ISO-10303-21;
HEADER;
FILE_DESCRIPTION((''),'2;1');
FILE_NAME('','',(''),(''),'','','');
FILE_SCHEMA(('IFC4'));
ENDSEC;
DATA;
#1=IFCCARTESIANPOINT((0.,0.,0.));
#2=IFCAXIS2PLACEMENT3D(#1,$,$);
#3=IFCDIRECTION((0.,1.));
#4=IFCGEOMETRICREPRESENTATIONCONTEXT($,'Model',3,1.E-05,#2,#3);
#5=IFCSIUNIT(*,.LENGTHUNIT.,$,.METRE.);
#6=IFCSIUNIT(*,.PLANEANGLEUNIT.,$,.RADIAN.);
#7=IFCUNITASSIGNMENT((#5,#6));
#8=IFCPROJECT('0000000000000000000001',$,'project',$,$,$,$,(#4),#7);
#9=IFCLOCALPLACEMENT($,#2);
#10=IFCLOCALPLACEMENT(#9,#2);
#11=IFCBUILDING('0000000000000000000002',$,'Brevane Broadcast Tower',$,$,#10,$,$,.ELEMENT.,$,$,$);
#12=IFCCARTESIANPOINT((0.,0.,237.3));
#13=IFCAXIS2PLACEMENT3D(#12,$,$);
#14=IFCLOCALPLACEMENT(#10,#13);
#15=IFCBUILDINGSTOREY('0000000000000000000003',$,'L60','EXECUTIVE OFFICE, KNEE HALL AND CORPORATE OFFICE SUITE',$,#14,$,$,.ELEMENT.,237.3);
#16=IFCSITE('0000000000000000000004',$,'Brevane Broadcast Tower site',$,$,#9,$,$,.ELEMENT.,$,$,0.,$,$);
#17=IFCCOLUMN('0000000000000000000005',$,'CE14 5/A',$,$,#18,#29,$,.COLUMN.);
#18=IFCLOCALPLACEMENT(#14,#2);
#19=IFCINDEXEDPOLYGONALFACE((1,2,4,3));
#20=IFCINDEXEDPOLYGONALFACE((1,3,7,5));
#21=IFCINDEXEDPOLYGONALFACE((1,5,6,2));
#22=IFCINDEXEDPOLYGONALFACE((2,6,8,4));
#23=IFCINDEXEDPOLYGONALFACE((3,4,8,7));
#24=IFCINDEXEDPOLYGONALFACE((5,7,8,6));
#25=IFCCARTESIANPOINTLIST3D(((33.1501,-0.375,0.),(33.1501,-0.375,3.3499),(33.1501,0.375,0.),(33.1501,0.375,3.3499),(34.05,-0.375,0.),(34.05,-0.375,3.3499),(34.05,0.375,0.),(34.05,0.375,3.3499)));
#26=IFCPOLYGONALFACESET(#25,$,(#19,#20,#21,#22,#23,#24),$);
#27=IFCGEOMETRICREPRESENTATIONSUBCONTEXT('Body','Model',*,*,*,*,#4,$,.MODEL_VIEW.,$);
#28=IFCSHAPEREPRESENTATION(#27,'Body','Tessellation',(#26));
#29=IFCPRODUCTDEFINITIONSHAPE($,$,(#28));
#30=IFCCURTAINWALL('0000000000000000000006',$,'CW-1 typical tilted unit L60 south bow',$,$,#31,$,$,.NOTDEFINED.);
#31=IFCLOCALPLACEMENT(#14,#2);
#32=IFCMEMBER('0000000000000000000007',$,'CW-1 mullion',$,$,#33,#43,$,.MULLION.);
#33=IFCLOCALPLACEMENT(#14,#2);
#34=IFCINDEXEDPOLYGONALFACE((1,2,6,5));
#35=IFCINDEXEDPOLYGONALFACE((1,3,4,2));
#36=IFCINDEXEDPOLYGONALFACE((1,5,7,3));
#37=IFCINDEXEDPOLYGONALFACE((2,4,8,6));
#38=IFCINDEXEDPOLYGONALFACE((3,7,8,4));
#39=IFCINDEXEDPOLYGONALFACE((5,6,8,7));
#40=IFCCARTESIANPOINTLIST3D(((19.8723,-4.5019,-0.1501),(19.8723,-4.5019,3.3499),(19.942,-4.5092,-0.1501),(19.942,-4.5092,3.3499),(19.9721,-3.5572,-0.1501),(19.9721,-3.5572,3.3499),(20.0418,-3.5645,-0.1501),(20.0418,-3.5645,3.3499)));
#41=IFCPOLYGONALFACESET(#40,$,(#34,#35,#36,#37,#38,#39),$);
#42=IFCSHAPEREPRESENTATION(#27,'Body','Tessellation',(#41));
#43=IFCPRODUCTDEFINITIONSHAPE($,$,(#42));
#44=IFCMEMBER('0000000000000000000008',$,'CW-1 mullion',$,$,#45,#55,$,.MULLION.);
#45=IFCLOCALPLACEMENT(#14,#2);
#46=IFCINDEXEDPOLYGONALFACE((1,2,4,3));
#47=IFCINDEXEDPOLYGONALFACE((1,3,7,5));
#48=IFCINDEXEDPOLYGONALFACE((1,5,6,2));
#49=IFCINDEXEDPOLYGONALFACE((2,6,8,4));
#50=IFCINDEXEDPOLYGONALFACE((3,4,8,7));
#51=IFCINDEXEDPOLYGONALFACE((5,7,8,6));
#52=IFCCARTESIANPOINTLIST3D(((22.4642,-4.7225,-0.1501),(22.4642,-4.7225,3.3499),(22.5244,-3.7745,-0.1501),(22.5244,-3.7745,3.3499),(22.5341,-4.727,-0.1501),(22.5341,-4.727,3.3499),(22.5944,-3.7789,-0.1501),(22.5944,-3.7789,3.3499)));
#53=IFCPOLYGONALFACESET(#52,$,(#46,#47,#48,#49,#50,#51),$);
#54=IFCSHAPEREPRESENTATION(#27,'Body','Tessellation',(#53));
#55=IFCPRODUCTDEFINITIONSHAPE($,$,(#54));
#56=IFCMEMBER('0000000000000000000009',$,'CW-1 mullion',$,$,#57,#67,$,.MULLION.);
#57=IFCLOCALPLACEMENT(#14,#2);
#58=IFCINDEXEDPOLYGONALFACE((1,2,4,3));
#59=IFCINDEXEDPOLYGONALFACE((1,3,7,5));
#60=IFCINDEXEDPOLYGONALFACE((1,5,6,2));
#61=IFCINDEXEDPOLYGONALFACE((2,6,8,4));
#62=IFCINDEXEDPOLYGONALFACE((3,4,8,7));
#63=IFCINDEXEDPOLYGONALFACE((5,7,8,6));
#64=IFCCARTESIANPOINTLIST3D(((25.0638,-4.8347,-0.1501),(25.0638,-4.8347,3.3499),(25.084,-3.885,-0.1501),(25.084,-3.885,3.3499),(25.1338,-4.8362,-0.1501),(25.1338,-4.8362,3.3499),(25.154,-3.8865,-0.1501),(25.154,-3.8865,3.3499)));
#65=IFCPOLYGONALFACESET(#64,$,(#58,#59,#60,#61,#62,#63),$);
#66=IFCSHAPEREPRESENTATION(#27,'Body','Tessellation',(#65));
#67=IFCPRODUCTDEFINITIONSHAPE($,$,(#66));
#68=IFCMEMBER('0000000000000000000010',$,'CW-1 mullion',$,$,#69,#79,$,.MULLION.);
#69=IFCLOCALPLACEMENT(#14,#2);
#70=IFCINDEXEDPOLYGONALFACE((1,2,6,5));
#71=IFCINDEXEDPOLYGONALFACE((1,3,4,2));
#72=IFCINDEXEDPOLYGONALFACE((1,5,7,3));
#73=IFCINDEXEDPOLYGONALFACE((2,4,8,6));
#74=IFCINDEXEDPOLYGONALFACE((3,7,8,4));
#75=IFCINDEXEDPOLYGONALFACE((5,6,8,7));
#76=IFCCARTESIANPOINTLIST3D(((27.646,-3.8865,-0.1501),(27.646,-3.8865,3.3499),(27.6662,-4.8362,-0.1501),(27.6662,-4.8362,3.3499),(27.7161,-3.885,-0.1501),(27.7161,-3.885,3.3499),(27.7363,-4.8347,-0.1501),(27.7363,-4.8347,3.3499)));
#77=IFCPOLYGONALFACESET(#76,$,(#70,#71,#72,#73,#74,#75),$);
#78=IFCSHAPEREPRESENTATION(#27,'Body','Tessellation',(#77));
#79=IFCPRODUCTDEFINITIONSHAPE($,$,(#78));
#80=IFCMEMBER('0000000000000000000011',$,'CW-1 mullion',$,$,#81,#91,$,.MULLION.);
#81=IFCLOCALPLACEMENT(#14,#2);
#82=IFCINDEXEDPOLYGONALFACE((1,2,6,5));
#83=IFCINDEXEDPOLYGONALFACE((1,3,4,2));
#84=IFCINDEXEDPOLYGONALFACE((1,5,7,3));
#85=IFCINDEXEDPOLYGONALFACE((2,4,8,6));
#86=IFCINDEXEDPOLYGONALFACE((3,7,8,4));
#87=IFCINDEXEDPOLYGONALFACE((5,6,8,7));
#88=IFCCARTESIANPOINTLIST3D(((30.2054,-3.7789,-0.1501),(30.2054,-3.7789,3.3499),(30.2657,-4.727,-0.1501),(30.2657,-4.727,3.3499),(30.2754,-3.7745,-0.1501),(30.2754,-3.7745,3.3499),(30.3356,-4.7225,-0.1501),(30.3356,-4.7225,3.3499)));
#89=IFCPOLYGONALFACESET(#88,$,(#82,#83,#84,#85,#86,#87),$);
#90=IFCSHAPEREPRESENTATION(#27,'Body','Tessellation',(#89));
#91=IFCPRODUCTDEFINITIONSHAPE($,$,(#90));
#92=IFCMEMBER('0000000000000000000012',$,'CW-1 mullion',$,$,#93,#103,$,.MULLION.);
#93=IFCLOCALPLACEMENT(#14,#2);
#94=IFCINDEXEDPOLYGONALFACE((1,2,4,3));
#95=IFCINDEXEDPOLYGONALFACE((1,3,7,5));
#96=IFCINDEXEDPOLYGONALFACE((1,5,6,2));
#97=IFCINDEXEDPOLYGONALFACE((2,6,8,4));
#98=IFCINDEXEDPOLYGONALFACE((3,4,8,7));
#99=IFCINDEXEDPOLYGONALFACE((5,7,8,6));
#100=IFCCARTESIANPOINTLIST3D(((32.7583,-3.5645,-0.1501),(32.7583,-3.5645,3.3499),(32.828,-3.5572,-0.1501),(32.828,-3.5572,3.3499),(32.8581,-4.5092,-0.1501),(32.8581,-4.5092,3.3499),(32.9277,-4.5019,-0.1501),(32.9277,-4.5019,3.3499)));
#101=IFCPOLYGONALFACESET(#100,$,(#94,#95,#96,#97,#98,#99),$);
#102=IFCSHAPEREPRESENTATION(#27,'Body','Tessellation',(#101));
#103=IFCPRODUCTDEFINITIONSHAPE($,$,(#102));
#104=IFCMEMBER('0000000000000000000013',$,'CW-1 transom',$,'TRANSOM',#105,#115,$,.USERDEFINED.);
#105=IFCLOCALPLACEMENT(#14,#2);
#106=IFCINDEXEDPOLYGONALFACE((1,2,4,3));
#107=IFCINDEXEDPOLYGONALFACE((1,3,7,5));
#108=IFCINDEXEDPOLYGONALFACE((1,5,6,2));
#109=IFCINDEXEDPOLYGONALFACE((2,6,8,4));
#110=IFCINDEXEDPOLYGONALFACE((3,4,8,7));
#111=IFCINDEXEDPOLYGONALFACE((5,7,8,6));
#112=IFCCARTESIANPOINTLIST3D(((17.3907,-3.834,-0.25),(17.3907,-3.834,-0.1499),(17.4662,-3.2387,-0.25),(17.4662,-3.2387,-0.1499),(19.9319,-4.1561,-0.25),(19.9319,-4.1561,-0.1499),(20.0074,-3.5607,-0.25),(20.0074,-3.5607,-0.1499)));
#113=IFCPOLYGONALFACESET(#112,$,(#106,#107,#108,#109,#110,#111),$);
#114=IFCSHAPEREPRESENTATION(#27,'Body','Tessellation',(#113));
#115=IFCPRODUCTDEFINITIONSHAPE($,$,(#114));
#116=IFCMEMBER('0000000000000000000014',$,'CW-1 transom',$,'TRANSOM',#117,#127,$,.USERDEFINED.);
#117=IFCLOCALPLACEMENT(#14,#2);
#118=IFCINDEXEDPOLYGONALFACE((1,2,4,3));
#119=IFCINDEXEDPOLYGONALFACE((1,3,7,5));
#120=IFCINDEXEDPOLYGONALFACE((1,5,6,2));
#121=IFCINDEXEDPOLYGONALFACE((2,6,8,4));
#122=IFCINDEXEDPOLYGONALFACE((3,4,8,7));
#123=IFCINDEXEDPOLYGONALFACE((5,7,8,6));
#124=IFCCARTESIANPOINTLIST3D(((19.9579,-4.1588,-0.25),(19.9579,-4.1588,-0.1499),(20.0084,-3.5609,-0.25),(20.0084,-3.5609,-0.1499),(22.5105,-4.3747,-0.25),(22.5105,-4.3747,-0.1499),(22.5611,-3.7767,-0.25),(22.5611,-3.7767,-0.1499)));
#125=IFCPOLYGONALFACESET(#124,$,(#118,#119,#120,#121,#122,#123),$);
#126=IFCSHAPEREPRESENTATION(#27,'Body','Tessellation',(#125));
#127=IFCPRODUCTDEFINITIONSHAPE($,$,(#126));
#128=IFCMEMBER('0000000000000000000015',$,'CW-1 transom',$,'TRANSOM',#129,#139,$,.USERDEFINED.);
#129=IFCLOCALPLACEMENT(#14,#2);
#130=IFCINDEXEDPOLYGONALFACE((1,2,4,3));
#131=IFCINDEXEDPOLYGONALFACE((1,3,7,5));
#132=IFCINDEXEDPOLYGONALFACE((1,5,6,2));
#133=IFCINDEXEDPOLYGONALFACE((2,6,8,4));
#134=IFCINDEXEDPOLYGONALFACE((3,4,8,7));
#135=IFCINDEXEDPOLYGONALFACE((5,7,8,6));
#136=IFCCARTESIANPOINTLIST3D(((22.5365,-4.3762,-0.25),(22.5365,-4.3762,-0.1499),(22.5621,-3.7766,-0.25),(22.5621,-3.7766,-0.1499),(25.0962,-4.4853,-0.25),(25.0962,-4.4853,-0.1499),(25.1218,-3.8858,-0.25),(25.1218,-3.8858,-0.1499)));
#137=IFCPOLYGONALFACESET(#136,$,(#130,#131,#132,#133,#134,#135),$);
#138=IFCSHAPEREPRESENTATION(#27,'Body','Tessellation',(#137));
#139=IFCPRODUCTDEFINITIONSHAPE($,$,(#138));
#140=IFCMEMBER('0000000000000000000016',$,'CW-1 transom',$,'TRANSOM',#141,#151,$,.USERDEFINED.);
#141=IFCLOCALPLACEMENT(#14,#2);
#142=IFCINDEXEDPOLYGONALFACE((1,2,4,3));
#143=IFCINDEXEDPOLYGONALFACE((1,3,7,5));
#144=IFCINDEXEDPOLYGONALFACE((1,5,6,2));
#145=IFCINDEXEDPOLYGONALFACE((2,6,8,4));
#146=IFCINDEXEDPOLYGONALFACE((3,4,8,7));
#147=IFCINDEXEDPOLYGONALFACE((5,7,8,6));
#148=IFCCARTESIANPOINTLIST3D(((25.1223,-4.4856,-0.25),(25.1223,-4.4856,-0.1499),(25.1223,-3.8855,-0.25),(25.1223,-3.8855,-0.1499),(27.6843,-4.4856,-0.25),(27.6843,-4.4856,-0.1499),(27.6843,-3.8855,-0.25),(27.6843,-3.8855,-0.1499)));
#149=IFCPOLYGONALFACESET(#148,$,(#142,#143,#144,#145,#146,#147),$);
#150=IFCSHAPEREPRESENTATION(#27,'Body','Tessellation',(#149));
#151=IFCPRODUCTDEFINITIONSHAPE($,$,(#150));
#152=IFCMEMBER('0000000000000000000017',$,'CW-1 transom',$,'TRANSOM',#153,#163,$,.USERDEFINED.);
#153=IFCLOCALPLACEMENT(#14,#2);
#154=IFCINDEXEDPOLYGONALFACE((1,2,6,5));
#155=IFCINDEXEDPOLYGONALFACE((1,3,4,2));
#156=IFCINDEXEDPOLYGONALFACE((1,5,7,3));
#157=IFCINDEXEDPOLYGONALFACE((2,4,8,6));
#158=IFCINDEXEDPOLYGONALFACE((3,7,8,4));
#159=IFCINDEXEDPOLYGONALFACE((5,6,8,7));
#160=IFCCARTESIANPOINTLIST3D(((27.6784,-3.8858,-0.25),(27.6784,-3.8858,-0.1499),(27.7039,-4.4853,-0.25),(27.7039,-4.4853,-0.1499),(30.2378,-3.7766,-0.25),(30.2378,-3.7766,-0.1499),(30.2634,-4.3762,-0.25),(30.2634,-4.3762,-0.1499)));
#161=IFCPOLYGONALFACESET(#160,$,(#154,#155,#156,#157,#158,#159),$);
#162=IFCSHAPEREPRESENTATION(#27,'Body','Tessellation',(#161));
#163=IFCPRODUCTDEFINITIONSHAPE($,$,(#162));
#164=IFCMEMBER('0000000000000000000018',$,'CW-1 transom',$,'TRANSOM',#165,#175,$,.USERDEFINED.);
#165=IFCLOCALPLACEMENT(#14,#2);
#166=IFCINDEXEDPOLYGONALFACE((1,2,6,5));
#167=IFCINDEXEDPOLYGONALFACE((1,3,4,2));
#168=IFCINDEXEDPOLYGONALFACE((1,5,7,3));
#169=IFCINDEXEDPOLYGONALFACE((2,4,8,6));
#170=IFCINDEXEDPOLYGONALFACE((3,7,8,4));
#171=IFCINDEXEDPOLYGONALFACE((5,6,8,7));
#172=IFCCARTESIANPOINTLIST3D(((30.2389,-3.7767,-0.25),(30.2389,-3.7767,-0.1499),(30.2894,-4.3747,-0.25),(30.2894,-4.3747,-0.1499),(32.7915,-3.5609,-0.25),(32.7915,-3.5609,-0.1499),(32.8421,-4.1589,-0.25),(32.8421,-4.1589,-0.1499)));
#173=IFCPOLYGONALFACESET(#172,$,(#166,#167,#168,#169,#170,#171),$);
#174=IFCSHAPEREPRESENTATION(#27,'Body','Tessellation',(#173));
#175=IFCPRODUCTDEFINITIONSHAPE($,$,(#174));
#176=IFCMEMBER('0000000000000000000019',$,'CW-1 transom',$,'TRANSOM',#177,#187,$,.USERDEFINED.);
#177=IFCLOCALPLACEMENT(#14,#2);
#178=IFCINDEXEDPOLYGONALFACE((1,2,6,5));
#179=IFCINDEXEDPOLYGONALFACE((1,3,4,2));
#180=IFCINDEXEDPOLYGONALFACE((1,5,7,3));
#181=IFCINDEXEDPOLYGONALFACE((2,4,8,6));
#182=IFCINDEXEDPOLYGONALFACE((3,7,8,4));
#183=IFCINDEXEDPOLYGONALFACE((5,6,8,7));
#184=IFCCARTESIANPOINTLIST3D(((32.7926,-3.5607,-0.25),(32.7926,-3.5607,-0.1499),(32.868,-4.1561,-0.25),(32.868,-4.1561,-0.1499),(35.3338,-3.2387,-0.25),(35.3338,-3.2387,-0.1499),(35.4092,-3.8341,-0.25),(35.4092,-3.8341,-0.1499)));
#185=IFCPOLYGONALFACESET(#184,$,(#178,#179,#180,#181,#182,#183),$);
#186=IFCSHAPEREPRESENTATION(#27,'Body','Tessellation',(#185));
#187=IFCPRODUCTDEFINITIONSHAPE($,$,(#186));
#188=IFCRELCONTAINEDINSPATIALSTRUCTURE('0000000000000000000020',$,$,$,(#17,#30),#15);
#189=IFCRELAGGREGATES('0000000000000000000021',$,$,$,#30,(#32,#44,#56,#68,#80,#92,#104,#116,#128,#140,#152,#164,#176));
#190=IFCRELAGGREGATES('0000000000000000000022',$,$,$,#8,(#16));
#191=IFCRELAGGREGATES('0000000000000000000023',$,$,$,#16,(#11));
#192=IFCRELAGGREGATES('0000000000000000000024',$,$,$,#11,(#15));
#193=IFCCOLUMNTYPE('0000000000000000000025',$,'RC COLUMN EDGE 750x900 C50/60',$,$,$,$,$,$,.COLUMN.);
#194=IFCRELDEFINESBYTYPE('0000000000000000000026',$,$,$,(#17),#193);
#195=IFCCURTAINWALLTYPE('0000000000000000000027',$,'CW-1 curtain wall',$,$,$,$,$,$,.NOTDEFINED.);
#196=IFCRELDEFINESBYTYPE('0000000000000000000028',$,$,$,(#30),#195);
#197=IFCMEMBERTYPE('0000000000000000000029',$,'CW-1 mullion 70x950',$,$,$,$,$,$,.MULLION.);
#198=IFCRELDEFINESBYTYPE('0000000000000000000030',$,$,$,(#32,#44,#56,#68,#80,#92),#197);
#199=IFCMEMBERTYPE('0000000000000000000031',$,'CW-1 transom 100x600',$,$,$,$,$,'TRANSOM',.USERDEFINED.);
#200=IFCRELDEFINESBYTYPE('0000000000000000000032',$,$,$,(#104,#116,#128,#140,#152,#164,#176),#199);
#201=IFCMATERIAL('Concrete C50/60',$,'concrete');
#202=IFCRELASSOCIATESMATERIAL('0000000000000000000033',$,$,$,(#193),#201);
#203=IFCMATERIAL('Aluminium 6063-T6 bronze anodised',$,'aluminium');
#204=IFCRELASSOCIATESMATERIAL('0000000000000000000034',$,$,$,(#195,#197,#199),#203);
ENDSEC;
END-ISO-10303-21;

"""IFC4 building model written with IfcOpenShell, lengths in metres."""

from ifc_helpers import new_model, si_unit, direction, frame, origin, origin_2d, place, context, subcontext, project, spatial, rectangle, extrude, material, material_profile, profile_set, type_object, element, aggregate, save


model = new_model("IFC4")

# Units and contexts
model_context = context("Model", 3, precision=1e-05, world=origin(), true_north=direction((0.0, 1.0)))
body_context = subcontext(model_context, "Body", "Model", "MODEL_VIEW")
ifc_project = project(units=[si_unit("LENGTHUNIT", "METRE"), si_unit("PLANEANGLEUNIT", "RADIAN")], contexts=[model_context])

# Site, building, storey
site_placement = place(None, origin())
site = spatial("IfcSite", under=ifc_project, at=site_placement, Name="Brevane Broadcast Tower site", CompositionType="ELEMENT", RefElevation=0.0)
building_placement = place(site_placement, origin())
building = spatial("IfcBuilding", under=site, at=building_placement, Name="Brevane Broadcast Tower", CompositionType="ELEMENT")
storey_placement = place(building_placement, frame((0.0, 0.0, 237.3)))
storey = spatial("IfcBuildingStorey", under=building, at=storey_placement, Name="L60", Description="EXECUTIVE OFFICE, KNEE HALL AND CORPORATE OFFICE SUITE", CompositionType="ELEMENT", Elevation=237.3)

# Column
ifc_material_1 = material(Name="Concrete C50/60", Category="concrete")
ifc_material_profile_1 = material_profile(ifc_material_1, rectangle(XDim=0.75, YDim=0.8999, at=origin_2d()), Name="RC 750x900")
ifc_profile_set_1 = profile_set([ifc_material_profile_1], Name="Concrete C50/60")
column_type = type_object("IfcColumnType", Name="RC COLUMN EDGE 750x900 C50/60", PredefinedType="COLUMN", material=ifc_profile_set_1)
column_placement = place(storey_placement, frame((33.6001, 0.0, 0.0), z_axis=(0.0, 0.0, 1.0), x_axis=(0.0, 1.0, 0.0)))
element("IfcColumn", 1, at=column_placement, inside=storey, type_object=column_type, Name="CE14 5/A", PredefinedType="COLUMN", context=body_context, shape_type="SweptSolid", body=[
    extrude(rectangle(XDim=0.75, YDim=0.8999, at=origin_2d()), origin(), (0.0, 0.0, 1.0), 3.3499),
])

# Curtain wall, members
ifc_material_2 = material(Name="Aluminium 6063-T6 bronze anodised", Category="aluminium")
curtain_wall_type = type_object("IfcCurtainWallType", Name="CW-1 curtain wall", PredefinedType="NOTDEFINED", material=ifc_material_2)
curtain_wall_placement = place(storey_placement, origin())
curtain_wall = element("IfcCurtainWall", 2, at=curtain_wall_placement, inside=storey, type_object=curtain_wall_type, Name="CW-1 typical tilted unit L60 south bow", PredefinedType="NOTDEFINED")
ifc_material_profile_2 = material_profile(ifc_material_2, rectangle(XDim=0.95, YDim=0.0701, at=origin_2d()), Name="RECT 70x950")
ifc_profile_set_2 = profile_set([ifc_material_profile_2], Name="Aluminium 6063-T6 bronze anodised")
member_type_1 = type_object("IfcMemberType", Name="CW-1 mullion 70x950", PredefinedType="MULLION", material=ifc_profile_set_2)
member_1_placement = place(storey_placement, frame((19.957, -4.0332, -0.1501), z_axis=(0.0, 0.0, 1.0), x_axis=(0.105018, 0.99447, 0.0)))
member_1 = element("IfcMember", 3, at=member_1_placement, type_object=member_type_1, Name="CW-1 mullion", PredefinedType="MULLION", context=body_context, shape_type="SweptSolid", body=[
    extrude(rectangle(XDim=0.95, YDim=0.0701, at=origin_2d()), origin(), (0.0, 0.0, 1.0), 3.5),
])
member_2_placement = place(storey_placement, frame((22.5293, -4.2507, -0.1501), z_axis=(0.0, 0.0, 1.0), x_axis=(0.063406, 0.997988, 0.0)))
member_2 = element("IfcMember", 4, at=member_2_placement, type_object=member_type_1, Name="CW-1 mullion", PredefinedType="MULLION", context=body_context, shape_type="SweptSolid", body=[
    extrude(rectangle(XDim=0.95, YDim=0.0701, at=origin_2d()), origin(), (0.0, 0.0, 1.0), 3.5),
])
member_3_placement = place(storey_placement, frame((25.1089, -4.3606, -0.1501), z_axis=(0.0, 0.0, 1.0), x_axis=(0.021282, 0.999774, 0.0)))
member_3 = element("IfcMember", 5, at=member_3_placement, type_object=member_type_1, Name="CW-1 mullion", PredefinedType="MULLION", context=body_context, shape_type="SweptSolid", body=[
    extrude(rectangle(XDim=0.95, YDim=0.0701, at=origin_2d()), origin(), (0.0, 0.0, 1.0), 3.5),
])
member_4_placement = place(storey_placement, frame((27.6912, -4.3606, -0.1501), z_axis=(0.0, 0.0, 1.0), x_axis=(-0.021282, 0.999774, 0.0)))
member_4 = element("IfcMember", 6, at=member_4_placement, type_object=member_type_1, Name="CW-1 mullion", PredefinedType="MULLION", context=body_context, shape_type="SweptSolid", body=[
    extrude(rectangle(XDim=0.95, YDim=0.0701, at=origin_2d()), origin(), (0.0, 0.0, 1.0), 3.5),
])
member_5_placement = place(storey_placement, frame((30.2705, -4.2507, -0.1501), z_axis=(0.0, 0.0, 1.0), x_axis=(-0.063406, 0.997988, 0.0)))
member_5 = element("IfcMember", 7, at=member_5_placement, type_object=member_type_1, Name="CW-1 mullion", PredefinedType="MULLION", context=body_context, shape_type="SweptSolid", body=[
    extrude(rectangle(XDim=0.95, YDim=0.0701, at=origin_2d()), origin(), (0.0, 0.0, 1.0), 3.5),
])
member_6_placement = place(storey_placement, frame((32.843, -4.0332, -0.1501), z_axis=(0.0, 0.0, 1.0), x_axis=(-0.105018, 0.99447, 0.0)))
member_6 = element("IfcMember", 8, at=member_6_placement, type_object=member_type_1, Name="CW-1 mullion", PredefinedType="MULLION", context=body_context, shape_type="SweptSolid", body=[
    extrude(rectangle(XDim=0.95, YDim=0.0701, at=origin_2d()), origin(), (0.0, 0.0, 1.0), 3.5),
])
ifc_material_profile_3 = material_profile(ifc_material_2, rectangle(XDim=0.6001, YDim=0.1001, at=origin_2d()), Name="RECT 100x600")
ifc_profile_set_3 = profile_set([ifc_material_profile_3], Name="Aluminium 6063-T6 bronze anodised")
member_type_2 = type_object("IfcMemberType", Name="CW-1 transom 100x600", ElementType="TRANSOM", PredefinedType="USERDEFINED", material=ifc_profile_set_3)
member_7_placement = place(storey_placement, frame((17.4285, -3.5364, -0.2), z_axis=(0.992067, -0.125712, 0.0), x_axis=(0.125712, 0.992067, 0.0)))
member_7 = element("IfcMember", 9, at=member_7_placement, type_object=member_type_2, Name="CW-1 transom", ObjectType="TRANSOM", PredefinedType="USERDEFINED", context=body_context, shape_type="SweptSolid", body=[
    extrude(rectangle(XDim=0.6001, YDim=0.1001, at=origin_2d()), origin(), (0.0, 0.0, 1.0), 2.5615),
])
member_8_placement = place(storey_placement, frame((19.9832, -3.8599, -0.2), z_axis=(0.996445, -0.084244, 0.0), x_axis=(0.084244, 0.996445, 0.0)))
member_8 = element("IfcMember", 10, at=member_8_placement, type_object=member_type_2, Name="CW-1 transom", ObjectType="TRANSOM", PredefinedType="USERDEFINED", context=body_context, shape_type="SweptSolid", body=[
    extrude(rectangle(XDim=0.6001, YDim=0.1001, at=origin_2d()), origin(), (0.0, 0.0, 1.0), 2.5618),
])
member_9_placement = place(storey_placement, frame((22.5493, -4.0764, -0.2), z_axis=(0.999092, -0.042598, 0.0), x_axis=(0.042598, 0.999092, 0.0)))
member_9 = element("IfcMember", 11, at=member_9_placement, type_object=member_type_2, Name="CW-1 transom", ObjectType="TRANSOM", PredefinedType="USERDEFINED", context=body_context, shape_type="SweptSolid", body=[
    extrude(rectangle(XDim=0.6001, YDim=0.1001, at=origin_2d()), origin(), (0.0, 0.0, 1.0), 2.562),
])
member_10_placement = place(storey_placement, frame((25.1223, -4.1855, -0.2), z_axis=(1.0, 0.0, 0.0), x_axis=(0.0, 1.0, 0.0)))
member_10 = element("IfcMember", 12, at=member_10_placement, type_object=member_type_2, Name="CW-1 transom", ObjectType="TRANSOM", PredefinedType="USERDEFINED", context=body_context, shape_type="SweptSolid", body=[
    extrude(rectangle(XDim=0.6001, YDim=0.1001, at=origin_2d()), origin(), (0.0, 0.0, 1.0), 2.562),
])
member_11_placement = place(storey_placement, frame((27.6912, -4.1855, -0.2), z_axis=(0.999092, 0.042602, 0.0), x_axis=(-0.042602, 0.999092, 0.0)))
member_11 = element("IfcMember", 13, at=member_11_placement, type_object=member_type_2, Name="CW-1 transom", ObjectType="TRANSOM", PredefinedType="USERDEFINED", context=body_context, shape_type="SweptSolid", body=[
    extrude(rectangle(XDim=0.6001, YDim=0.1001, at=origin_2d()), origin(), (0.0, 0.0, 1.0), 2.5618),
])
member_12_placement = place(storey_placement, frame((30.2642, -4.0757, -0.2), z_axis=(0.996445, 0.084244, 0.0), x_axis=(-0.084244, 0.996445, 0.0)))
member_12 = element("IfcMember", 14, at=member_12_placement, type_object=member_type_2, Name="CW-1 transom", ObjectType="TRANSOM", PredefinedType="USERDEFINED", context=body_context, shape_type="SweptSolid", body=[
    extrude(rectangle(XDim=0.6001, YDim=0.1001, at=origin_2d()), origin(), (0.0, 0.0, 1.0), 2.5618),
])
member_13_placement = place(storey_placement, frame((32.8303, -3.8584, -0.2), z_axis=(0.992067, 0.125712, 0.0), x_axis=(-0.125712, 0.992067, 0.0)))
member_13 = element("IfcMember", 15, at=member_13_placement, type_object=member_type_2, Name="CW-1 transom", ObjectType="TRANSOM", PredefinedType="USERDEFINED", context=body_context, shape_type="SweptSolid", body=[
    extrude(rectangle(XDim=0.6001, YDim=0.1001, at=origin_2d()), origin(), (0.0, 0.0, 1.0), 2.5615),
])
aggregate(curtain_wall, [member_1, member_2, member_3, member_4, member_5, member_6, member_7, member_8, member_9, member_10, member_11, member_12, member_13])

save(model, "model.ifc")
